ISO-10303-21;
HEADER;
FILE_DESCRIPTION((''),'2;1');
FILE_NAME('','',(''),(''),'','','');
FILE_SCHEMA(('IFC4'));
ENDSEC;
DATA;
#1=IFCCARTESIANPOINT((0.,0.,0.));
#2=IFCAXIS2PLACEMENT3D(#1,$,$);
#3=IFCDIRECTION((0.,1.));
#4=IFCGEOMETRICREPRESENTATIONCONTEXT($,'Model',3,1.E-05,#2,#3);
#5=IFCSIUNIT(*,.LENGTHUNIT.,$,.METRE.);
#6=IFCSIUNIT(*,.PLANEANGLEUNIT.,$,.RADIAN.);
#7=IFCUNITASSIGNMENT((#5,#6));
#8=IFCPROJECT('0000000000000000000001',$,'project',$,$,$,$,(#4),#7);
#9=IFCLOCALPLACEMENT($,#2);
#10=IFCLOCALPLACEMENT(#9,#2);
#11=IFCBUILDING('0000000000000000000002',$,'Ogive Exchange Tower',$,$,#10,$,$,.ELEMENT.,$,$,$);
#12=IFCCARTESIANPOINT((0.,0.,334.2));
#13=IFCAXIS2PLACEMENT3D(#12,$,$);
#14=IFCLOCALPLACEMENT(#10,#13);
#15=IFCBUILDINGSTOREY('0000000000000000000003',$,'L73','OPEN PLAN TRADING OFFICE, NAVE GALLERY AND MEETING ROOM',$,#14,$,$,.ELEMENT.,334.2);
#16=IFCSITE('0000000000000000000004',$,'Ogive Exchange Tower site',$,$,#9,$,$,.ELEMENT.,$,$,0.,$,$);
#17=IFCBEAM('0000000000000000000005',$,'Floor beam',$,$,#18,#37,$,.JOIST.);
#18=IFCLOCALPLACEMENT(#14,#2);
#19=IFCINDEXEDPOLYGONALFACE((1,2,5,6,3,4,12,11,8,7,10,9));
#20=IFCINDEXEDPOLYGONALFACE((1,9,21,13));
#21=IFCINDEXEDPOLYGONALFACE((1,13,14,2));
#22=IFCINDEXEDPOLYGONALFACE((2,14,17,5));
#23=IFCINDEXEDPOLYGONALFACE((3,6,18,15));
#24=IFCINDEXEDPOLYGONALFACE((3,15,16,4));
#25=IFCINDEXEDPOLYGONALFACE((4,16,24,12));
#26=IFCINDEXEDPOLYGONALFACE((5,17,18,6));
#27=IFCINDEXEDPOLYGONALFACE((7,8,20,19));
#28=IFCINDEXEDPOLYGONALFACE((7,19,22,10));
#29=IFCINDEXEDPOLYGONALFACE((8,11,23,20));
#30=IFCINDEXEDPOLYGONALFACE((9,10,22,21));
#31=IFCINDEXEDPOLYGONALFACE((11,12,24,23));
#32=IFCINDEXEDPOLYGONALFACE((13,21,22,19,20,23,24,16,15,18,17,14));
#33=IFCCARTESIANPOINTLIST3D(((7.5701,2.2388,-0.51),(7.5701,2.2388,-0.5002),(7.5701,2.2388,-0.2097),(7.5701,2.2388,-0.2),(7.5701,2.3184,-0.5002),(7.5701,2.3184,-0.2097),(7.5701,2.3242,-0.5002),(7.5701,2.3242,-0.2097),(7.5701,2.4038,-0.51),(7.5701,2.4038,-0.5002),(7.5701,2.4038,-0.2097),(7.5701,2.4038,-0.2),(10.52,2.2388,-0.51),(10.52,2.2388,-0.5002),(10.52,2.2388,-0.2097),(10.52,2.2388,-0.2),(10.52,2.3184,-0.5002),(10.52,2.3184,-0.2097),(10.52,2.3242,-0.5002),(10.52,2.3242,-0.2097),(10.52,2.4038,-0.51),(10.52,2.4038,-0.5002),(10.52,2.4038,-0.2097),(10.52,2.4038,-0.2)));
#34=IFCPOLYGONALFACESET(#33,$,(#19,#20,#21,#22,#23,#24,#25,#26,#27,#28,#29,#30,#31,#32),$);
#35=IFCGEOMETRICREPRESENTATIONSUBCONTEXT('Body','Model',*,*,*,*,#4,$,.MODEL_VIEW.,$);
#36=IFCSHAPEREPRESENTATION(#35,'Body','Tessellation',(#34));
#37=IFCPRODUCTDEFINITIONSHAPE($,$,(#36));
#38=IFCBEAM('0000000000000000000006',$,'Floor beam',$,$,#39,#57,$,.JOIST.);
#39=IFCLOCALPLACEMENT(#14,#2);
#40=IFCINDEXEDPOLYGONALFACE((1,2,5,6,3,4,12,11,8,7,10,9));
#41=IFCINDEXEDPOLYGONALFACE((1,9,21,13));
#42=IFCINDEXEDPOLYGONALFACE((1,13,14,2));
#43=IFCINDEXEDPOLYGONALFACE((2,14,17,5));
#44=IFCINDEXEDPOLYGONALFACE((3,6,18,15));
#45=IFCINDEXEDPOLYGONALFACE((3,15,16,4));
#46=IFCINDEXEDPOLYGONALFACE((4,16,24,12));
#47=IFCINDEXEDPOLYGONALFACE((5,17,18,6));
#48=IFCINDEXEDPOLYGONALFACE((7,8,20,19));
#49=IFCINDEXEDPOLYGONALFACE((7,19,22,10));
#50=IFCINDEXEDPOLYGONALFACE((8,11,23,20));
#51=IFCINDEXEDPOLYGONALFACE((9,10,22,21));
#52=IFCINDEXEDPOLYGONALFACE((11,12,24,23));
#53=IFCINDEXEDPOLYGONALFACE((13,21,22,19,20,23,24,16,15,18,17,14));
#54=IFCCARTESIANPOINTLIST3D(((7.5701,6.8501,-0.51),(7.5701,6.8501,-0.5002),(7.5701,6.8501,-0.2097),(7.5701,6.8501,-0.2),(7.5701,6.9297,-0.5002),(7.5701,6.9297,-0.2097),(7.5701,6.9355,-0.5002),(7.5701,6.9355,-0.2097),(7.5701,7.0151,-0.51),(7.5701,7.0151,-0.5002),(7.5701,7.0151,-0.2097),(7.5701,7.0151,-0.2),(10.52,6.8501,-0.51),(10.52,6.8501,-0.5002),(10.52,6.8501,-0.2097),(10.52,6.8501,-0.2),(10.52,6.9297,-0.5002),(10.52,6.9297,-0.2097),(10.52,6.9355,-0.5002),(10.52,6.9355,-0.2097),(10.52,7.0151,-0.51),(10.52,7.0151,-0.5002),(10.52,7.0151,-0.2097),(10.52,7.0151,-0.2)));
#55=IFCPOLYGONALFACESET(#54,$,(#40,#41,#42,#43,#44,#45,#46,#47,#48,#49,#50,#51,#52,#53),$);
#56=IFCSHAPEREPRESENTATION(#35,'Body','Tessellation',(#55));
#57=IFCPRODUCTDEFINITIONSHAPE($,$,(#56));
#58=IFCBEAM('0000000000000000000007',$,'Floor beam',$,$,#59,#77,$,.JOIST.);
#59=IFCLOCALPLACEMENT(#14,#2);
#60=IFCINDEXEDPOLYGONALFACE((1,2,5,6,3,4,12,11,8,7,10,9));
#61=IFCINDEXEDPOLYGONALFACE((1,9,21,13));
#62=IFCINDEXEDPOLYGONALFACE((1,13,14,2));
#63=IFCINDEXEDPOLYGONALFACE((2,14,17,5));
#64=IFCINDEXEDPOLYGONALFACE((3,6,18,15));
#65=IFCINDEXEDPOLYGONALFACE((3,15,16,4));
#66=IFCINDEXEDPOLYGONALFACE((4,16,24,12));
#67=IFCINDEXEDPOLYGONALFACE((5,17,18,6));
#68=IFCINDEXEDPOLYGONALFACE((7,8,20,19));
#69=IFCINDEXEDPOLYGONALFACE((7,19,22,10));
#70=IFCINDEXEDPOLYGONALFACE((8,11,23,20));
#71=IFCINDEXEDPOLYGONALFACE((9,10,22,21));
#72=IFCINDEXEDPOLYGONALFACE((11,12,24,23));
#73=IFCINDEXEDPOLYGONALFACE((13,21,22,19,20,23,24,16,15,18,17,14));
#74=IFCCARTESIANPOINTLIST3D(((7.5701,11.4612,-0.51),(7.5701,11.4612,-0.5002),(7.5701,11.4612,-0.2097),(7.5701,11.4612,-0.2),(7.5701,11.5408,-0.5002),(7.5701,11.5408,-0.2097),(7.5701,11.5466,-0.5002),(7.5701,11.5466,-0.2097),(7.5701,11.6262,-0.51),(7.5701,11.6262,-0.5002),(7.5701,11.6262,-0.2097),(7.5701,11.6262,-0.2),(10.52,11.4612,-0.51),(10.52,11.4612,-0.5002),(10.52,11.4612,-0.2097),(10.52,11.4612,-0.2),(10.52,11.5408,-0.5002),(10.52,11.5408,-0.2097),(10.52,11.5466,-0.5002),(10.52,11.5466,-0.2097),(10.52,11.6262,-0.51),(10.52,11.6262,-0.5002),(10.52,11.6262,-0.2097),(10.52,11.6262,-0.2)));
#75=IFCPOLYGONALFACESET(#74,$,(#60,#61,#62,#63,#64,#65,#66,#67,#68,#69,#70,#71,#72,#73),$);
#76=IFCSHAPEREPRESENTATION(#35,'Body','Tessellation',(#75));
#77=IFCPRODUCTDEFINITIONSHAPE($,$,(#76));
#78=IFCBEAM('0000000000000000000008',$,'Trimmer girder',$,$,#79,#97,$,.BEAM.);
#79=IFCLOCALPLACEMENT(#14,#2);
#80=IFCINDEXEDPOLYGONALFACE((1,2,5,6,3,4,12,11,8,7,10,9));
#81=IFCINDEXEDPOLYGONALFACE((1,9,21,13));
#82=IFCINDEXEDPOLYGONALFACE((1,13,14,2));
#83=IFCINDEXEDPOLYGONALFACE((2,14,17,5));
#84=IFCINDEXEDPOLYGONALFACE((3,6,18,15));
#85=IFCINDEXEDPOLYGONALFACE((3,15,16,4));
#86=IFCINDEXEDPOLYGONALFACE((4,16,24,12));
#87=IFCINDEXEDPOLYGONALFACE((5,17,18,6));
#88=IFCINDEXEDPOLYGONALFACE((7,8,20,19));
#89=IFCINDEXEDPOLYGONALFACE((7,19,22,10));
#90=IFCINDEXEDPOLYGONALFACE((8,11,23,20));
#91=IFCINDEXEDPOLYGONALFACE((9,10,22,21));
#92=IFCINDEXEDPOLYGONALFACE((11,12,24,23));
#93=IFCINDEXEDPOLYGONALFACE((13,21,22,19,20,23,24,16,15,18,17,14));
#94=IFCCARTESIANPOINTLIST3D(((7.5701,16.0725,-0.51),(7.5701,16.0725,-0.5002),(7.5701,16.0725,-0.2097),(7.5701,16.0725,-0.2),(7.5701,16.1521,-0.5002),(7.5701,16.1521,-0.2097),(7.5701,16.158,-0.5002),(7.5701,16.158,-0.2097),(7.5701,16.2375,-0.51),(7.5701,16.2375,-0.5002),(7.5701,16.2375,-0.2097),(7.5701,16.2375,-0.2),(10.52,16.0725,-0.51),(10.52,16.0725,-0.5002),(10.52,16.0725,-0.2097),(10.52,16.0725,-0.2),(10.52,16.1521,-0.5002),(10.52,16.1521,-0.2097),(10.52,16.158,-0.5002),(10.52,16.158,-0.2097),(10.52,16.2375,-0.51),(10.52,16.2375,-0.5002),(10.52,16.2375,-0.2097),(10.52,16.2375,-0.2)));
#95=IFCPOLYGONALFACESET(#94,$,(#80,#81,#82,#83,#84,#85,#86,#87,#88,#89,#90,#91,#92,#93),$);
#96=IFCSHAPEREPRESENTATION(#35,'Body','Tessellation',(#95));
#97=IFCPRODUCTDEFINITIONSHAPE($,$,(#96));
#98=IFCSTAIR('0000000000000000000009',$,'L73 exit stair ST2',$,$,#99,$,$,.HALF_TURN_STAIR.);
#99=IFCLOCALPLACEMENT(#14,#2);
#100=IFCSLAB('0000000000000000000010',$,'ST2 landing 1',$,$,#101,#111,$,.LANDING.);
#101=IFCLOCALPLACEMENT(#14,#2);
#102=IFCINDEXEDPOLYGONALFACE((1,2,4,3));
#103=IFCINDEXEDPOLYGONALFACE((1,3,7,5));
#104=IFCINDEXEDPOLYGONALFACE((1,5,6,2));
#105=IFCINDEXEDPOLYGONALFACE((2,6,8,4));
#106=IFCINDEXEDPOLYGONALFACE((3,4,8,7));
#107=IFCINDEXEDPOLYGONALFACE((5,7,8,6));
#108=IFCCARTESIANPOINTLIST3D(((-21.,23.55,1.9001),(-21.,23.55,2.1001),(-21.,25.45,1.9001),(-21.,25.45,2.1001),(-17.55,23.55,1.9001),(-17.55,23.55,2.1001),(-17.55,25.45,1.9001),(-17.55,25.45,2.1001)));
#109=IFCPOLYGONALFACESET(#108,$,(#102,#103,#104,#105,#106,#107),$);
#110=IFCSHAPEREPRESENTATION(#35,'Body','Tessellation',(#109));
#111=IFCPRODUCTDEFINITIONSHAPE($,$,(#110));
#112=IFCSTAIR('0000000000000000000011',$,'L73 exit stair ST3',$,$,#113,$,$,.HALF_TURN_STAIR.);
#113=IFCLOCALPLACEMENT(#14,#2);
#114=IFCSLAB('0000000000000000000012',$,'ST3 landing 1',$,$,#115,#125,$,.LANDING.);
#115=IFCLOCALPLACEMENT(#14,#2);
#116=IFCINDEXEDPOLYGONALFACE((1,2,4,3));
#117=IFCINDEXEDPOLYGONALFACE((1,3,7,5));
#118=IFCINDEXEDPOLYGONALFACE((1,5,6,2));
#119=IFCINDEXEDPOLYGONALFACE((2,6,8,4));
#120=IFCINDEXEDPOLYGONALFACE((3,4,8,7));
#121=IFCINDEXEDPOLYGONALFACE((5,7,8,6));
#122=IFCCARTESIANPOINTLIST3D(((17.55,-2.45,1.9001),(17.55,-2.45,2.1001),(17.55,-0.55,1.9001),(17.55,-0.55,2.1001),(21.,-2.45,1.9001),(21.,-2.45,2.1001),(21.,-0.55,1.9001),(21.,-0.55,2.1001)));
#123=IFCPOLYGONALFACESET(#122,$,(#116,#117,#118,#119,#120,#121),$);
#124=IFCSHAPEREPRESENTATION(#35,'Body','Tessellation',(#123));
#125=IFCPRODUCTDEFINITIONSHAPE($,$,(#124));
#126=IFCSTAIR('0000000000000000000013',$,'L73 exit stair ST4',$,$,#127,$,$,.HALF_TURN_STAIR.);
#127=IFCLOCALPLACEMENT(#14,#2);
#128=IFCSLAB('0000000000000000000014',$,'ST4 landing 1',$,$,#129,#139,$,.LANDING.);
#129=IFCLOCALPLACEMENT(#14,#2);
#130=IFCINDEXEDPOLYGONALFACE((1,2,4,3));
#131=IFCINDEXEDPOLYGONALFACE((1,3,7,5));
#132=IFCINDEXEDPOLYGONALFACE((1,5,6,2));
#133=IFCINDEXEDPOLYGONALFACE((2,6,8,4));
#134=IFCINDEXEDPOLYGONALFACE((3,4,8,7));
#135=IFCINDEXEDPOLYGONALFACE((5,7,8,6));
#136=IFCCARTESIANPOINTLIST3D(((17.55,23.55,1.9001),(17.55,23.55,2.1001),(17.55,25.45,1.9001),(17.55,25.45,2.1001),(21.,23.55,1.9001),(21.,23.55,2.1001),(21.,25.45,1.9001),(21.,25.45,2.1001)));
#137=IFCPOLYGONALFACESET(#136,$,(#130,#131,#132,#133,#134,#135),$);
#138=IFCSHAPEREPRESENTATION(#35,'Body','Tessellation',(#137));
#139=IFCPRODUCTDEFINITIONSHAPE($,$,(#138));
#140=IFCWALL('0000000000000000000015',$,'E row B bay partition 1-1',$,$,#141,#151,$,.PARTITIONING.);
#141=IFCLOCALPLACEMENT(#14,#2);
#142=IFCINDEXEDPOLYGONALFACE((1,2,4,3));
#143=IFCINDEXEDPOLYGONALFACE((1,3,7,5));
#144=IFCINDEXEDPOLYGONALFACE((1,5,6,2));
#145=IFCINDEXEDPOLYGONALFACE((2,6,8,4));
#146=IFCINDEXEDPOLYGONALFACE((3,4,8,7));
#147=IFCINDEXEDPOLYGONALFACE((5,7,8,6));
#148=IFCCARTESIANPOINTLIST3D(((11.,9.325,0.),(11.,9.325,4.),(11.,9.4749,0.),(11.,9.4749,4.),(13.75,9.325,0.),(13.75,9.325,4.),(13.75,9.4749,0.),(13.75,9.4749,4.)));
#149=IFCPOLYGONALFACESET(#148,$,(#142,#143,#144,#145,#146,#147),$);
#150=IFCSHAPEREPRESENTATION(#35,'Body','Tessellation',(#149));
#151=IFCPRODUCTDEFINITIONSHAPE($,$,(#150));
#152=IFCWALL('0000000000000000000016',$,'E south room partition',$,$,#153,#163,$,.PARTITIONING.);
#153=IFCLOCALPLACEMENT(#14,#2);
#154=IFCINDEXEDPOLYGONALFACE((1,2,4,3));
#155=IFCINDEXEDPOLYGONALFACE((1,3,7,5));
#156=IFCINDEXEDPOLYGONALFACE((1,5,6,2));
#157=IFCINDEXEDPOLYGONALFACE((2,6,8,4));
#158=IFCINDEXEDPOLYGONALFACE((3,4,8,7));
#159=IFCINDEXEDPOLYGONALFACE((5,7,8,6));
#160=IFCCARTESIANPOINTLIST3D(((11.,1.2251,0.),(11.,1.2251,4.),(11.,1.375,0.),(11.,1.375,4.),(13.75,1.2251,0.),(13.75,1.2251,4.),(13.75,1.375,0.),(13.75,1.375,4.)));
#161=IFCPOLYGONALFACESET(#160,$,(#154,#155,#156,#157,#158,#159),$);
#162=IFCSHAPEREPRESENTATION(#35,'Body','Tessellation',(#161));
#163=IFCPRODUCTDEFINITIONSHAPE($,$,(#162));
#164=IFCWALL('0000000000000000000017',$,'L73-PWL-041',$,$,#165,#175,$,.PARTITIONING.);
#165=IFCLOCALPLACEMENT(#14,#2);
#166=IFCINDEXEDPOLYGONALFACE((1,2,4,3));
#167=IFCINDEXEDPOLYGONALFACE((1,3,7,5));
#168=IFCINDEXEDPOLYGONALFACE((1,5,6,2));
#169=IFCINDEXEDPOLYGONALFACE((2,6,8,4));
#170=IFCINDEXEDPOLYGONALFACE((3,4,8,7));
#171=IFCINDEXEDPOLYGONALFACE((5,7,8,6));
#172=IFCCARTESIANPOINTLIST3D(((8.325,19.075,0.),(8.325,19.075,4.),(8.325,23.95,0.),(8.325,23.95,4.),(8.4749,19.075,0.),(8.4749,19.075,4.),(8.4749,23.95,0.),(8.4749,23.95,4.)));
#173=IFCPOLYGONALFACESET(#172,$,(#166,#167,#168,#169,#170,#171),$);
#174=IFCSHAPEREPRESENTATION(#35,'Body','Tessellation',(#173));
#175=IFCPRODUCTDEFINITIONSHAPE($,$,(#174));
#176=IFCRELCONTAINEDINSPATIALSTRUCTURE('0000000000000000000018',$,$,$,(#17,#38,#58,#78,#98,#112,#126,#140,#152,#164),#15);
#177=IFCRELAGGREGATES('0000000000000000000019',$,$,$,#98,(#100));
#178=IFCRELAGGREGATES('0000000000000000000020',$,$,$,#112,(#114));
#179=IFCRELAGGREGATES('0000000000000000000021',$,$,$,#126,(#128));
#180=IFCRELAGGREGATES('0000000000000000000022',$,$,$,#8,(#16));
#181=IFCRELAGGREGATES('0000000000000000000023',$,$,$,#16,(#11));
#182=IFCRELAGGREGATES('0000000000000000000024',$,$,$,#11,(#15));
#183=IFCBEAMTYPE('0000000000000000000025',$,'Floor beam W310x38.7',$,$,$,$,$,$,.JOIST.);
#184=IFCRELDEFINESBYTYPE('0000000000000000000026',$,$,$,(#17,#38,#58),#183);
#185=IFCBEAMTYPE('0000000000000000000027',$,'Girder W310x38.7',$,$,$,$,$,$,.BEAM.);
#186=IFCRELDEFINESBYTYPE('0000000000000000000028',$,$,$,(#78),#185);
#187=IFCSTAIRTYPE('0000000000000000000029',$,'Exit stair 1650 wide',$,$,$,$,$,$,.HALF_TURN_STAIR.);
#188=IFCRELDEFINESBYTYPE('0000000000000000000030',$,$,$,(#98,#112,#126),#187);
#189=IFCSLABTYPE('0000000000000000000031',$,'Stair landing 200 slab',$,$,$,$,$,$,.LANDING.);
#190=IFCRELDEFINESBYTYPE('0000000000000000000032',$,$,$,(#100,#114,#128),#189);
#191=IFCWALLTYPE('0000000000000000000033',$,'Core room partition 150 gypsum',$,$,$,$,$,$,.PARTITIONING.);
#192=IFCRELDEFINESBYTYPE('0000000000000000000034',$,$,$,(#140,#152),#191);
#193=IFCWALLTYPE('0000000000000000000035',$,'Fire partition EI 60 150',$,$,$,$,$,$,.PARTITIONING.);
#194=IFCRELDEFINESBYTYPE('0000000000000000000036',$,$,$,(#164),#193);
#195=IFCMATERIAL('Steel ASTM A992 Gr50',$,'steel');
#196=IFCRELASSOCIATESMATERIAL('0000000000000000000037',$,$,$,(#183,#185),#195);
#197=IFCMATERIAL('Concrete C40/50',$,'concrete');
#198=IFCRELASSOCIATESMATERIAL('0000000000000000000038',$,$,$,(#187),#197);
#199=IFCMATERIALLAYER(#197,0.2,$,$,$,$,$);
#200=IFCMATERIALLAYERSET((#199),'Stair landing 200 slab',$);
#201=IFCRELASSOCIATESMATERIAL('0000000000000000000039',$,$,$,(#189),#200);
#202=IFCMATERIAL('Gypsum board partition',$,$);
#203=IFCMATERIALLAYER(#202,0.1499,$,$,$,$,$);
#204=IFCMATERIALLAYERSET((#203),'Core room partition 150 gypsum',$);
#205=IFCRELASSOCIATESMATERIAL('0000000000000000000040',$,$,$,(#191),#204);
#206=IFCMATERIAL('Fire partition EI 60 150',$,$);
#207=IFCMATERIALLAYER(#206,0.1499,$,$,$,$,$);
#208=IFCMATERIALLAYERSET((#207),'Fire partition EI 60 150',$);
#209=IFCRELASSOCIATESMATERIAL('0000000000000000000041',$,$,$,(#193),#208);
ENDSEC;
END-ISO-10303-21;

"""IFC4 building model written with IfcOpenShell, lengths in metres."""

from ifc_helpers import new_model, si_unit, direction, frame, frame_2d, origin, origin_2d, place, context, subcontext, project, spatial, polyline, rectangle, i_section, outline, extrude, material, layer, layer_set, material_profile, profile_set, type_object, element, aggregate, save


model = new_model("IFC4")

# Units and contexts
model_context = context("Model", 3, precision=1e-05, world=origin(), true_north=direction((0.0, 1.0)))
body_context = subcontext(model_context, "Body", "Model", "MODEL_VIEW")
ifc_project = project(units=[si_unit("LENGTHUNIT", "METRE"), si_unit("PLANEANGLEUNIT", "RADIAN")], contexts=[model_context])

# Site, building, storey
site_placement = place(None, origin())
site = spatial("IfcSite", under=ifc_project, at=site_placement, Name="Ogive Exchange Tower site", CompositionType="ELEMENT", RefElevation=0.0)
building_placement = place(site_placement, origin())
building = spatial("IfcBuilding", under=site, at=building_placement, Name="Ogive Exchange Tower", CompositionType="ELEMENT")
storey_placement = place(building_placement, frame((0.0, 0.0, 334.2)))
storey = spatial("IfcBuildingStorey", under=building, at=storey_placement, Name="L73", Description="OPEN PLAN TRADING OFFICE, NAVE GALLERY AND MEETING ROOM", CompositionType="ELEMENT", Elevation=334.2)

# Beams
ifc_material_1 = material(Name="Steel ASTM A992 Gr50", Category="steel")
ifc_material_profile_1 = material_profile(ifc_material_1, i_section(OverallWidth=0.165, OverallDepth=0.3101, WebThickness=0.0059, FlangeThickness=0.0098, at=origin_2d()), Name="W310x38.7")
ifc_profile_set_1 = profile_set([ifc_material_profile_1], Name="Steel ASTM A992 Gr50")
beam_type_1 = type_object("IfcBeamType", Name="Floor beam W310x38.7", PredefinedType="JOIST", material=ifc_profile_set_1)
for number, where, z_axis, x_axis, name in (
    (1, (7.5701, 2.3213, -0.355), (1.0, 0.0, 0.0), (0.0, 1.0, 0.0), "Floor beam"),
    (2, (7.5701, 6.9326, -0.355), (1.0, 0.0, 0.0), (0.0, 1.0, 0.0), "Floor beam"),
    (3, (7.5701, 11.5437, -0.355), (1.0, 0.0, 0.0), (0.0, 1.0, 0.0), "Floor beam"),
):
    element("IfcBeam", number, at=place(storey_placement, frame(where, z_axis=z_axis, x_axis=x_axis)), inside=storey, type_object=beam_type_1, Name=name, PredefinedType="JOIST", context=body_context, shape_type="SweptSolid", body=[
        extrude(i_section(OverallWidth=0.165, OverallDepth=0.3101, WebThickness=0.0059, FlangeThickness=0.0098, at=origin_2d()), origin(), (0.0, 0.0, 1.0), 2.95),
    ])
ifc_material_profile_2 = material_profile(ifc_material_1, i_section(OverallWidth=0.165, OverallDepth=0.3101, WebThickness=0.0059, FlangeThickness=0.0098, at=origin_2d()), Name="W310x38.7")
ifc_profile_set_2 = profile_set([ifc_material_profile_2], Name="Steel ASTM A992 Gr50")
beam_type_2 = type_object("IfcBeamType", Name="Girder W310x38.7", PredefinedType="BEAM", material=ifc_profile_set_2)
beam_placement = place(storey_placement, frame((7.5701, 16.155, -0.355), z_axis=(1.0, 0.0, 0.0), x_axis=(0.0, 1.0, 0.0)))
element("IfcBeam", 4, at=beam_placement, inside=storey, type_object=beam_type_2, Name="Trimmer girder", PredefinedType="BEAM", context=body_context, shape_type="SweptSolid", body=[
    extrude(i_section(OverallWidth=0.165, OverallDepth=0.3101, WebThickness=0.0059, FlangeThickness=0.0098, at=origin_2d()), origin(), (0.0, 0.0, 1.0), 2.95),
])

# Stairs, slabs
ifc_material_2 = material(Name="Concrete C40/50", Category="concrete")
stair_type = type_object("IfcStairType", Name="Exit stair 1650 wide", PredefinedType="HALF_TURN_STAIR", material=ifc_material_2)
stair_1_placement = place(storey_placement, origin())
stair_1 = element("IfcStair", 5, at=stair_1_placement, inside=storey, type_object=stair_type, Name="L73 exit stair ST2", PredefinedType="HALF_TURN_STAIR")
ifc_layer_1 = layer(ifc_material_2, 0.2)
ifc_layer_set_1 = layer_set([ifc_layer_1], Name="Stair landing 200 slab")
slab_type = type_object("IfcSlabType", Name="Stair landing 200 slab", PredefinedType="LANDING", material=ifc_layer_set_1)
slab_1_placement = place(storey_placement, frame((0.0, 0.0, 1.9001)))
slab_1 = element("IfcSlab", 6, at=slab_1_placement, type_object=slab_type, Name="ST2 landing 1", PredefinedType="LANDING", context=body_context, shape_type="SweptSolid", body=[
    extrude(outline(polyline([(-17.55, 23.55), (-17.55, 25.45), (-21.0, 25.45), (-21.0, 23.55), (-17.55, 23.55)])), origin(), (0.0, 0.0, 1.0), 0.2),
])
aggregate(stair_1, [slab_1])
stair_2_placement = place(storey_placement, origin())
stair_2 = element("IfcStair", 7, at=stair_2_placement, inside=storey, type_object=stair_type, Name="L73 exit stair ST3", PredefinedType="HALF_TURN_STAIR")
slab_2_placement = place(storey_placement, frame((0.0, 0.0, 1.9001)))
slab_2 = element("IfcSlab", 8, at=slab_2_placement, type_object=slab_type, Name="ST3 landing 1", PredefinedType="LANDING", context=body_context, shape_type="SweptSolid", body=[
    extrude(outline(polyline([(17.55, -0.55), (17.55, -2.45), (21.0, -2.45), (21.0, -0.55), (17.55, -0.55)])), origin(), (0.0, 0.0, 1.0), 0.2),
])
aggregate(stair_2, [slab_2])
stair_3_placement = place(storey_placement, origin())
stair_3 = element("IfcStair", 9, at=stair_3_placement, inside=storey, type_object=stair_type, Name="L73 exit stair ST4", PredefinedType="HALF_TURN_STAIR")
slab_3_placement = place(storey_placement, frame((0.0, 0.0, 1.9001)))
slab_3 = element("IfcSlab", 10, at=slab_3_placement, type_object=slab_type, Name="ST4 landing 1", PredefinedType="LANDING", context=body_context, shape_type="SweptSolid", body=[
    extrude(outline(polyline([(21.0, 23.55), (21.0, 25.45), (17.55, 25.45), (17.55, 23.55), (21.0, 23.55)])), origin(), (0.0, 0.0, 1.0), 0.2),
])
aggregate(stair_3, [slab_3])

# Walls
ifc_material_3 = material(Name="Gypsum board partition")
ifc_layer_2 = layer(ifc_material_3, 0.1499)
ifc_layer_set_2 = layer_set([ifc_layer_2], Name="Core room partition 150 gypsum")
wall_type_1 = type_object("IfcWallType", Name="Core room partition 150 gypsum", PredefinedType="PARTITIONING", material=ifc_layer_set_2)
for number, where, z_axis, x_axis, name in (
    (11, (11.0, 9.3999, 0.0), (0.0, 0.0, 1.0), (1.0, 0.0, 0.0), "E row B bay partition 1-1"),
    (12, (11.0, 1.3, 0.0), (0.0, 0.0, 1.0), (1.0, 0.0, 0.0), "E south room partition"),
):
    element("IfcWall", number, at=place(storey_placement, frame(where, z_axis=z_axis, x_axis=x_axis)), inside=storey, type_object=wall_type_1, Name=name, PredefinedType="PARTITIONING", context=body_context, shape_type="SweptSolid", body=[
        extrude(rectangle(XDim=2.75, YDim=0.1499, at=frame_2d((1.375, 0.0))), origin(), (0.0, 0.0, 1.0), 4.0),
    ])
ifc_material_4 = material(Name="Fire partition EI 60 150")
ifc_layer_3 = layer(ifc_material_4, 0.1499)
ifc_layer_set_3 = layer_set([ifc_layer_3], Name="Fire partition EI 60 150")
wall_type_2 = type_object("IfcWallType", Name="Fire partition EI 60 150", PredefinedType="PARTITIONING", material=ifc_layer_set_3)
wall_1_placement = place(storey_placement, frame((8.3999, 19.075, 0.0), z_axis=(0.0, 0.0, 1.0), x_axis=(0.0, 1.0, 0.0)))
element("IfcWall", 13, at=wall_1_placement, inside=storey, type_object=wall_type_2, Name="L73-PWL-041", PredefinedType="PARTITIONING", context=body_context, shape_type="SweptSolid", body=[
    extrude(rectangle(XDim=4.875, YDim=0.1499, at=frame_2d((2.4375, 0.0))), origin(), (0.0, 0.0, 1.0), 4.0),
])

save(model, "model.ifc")
